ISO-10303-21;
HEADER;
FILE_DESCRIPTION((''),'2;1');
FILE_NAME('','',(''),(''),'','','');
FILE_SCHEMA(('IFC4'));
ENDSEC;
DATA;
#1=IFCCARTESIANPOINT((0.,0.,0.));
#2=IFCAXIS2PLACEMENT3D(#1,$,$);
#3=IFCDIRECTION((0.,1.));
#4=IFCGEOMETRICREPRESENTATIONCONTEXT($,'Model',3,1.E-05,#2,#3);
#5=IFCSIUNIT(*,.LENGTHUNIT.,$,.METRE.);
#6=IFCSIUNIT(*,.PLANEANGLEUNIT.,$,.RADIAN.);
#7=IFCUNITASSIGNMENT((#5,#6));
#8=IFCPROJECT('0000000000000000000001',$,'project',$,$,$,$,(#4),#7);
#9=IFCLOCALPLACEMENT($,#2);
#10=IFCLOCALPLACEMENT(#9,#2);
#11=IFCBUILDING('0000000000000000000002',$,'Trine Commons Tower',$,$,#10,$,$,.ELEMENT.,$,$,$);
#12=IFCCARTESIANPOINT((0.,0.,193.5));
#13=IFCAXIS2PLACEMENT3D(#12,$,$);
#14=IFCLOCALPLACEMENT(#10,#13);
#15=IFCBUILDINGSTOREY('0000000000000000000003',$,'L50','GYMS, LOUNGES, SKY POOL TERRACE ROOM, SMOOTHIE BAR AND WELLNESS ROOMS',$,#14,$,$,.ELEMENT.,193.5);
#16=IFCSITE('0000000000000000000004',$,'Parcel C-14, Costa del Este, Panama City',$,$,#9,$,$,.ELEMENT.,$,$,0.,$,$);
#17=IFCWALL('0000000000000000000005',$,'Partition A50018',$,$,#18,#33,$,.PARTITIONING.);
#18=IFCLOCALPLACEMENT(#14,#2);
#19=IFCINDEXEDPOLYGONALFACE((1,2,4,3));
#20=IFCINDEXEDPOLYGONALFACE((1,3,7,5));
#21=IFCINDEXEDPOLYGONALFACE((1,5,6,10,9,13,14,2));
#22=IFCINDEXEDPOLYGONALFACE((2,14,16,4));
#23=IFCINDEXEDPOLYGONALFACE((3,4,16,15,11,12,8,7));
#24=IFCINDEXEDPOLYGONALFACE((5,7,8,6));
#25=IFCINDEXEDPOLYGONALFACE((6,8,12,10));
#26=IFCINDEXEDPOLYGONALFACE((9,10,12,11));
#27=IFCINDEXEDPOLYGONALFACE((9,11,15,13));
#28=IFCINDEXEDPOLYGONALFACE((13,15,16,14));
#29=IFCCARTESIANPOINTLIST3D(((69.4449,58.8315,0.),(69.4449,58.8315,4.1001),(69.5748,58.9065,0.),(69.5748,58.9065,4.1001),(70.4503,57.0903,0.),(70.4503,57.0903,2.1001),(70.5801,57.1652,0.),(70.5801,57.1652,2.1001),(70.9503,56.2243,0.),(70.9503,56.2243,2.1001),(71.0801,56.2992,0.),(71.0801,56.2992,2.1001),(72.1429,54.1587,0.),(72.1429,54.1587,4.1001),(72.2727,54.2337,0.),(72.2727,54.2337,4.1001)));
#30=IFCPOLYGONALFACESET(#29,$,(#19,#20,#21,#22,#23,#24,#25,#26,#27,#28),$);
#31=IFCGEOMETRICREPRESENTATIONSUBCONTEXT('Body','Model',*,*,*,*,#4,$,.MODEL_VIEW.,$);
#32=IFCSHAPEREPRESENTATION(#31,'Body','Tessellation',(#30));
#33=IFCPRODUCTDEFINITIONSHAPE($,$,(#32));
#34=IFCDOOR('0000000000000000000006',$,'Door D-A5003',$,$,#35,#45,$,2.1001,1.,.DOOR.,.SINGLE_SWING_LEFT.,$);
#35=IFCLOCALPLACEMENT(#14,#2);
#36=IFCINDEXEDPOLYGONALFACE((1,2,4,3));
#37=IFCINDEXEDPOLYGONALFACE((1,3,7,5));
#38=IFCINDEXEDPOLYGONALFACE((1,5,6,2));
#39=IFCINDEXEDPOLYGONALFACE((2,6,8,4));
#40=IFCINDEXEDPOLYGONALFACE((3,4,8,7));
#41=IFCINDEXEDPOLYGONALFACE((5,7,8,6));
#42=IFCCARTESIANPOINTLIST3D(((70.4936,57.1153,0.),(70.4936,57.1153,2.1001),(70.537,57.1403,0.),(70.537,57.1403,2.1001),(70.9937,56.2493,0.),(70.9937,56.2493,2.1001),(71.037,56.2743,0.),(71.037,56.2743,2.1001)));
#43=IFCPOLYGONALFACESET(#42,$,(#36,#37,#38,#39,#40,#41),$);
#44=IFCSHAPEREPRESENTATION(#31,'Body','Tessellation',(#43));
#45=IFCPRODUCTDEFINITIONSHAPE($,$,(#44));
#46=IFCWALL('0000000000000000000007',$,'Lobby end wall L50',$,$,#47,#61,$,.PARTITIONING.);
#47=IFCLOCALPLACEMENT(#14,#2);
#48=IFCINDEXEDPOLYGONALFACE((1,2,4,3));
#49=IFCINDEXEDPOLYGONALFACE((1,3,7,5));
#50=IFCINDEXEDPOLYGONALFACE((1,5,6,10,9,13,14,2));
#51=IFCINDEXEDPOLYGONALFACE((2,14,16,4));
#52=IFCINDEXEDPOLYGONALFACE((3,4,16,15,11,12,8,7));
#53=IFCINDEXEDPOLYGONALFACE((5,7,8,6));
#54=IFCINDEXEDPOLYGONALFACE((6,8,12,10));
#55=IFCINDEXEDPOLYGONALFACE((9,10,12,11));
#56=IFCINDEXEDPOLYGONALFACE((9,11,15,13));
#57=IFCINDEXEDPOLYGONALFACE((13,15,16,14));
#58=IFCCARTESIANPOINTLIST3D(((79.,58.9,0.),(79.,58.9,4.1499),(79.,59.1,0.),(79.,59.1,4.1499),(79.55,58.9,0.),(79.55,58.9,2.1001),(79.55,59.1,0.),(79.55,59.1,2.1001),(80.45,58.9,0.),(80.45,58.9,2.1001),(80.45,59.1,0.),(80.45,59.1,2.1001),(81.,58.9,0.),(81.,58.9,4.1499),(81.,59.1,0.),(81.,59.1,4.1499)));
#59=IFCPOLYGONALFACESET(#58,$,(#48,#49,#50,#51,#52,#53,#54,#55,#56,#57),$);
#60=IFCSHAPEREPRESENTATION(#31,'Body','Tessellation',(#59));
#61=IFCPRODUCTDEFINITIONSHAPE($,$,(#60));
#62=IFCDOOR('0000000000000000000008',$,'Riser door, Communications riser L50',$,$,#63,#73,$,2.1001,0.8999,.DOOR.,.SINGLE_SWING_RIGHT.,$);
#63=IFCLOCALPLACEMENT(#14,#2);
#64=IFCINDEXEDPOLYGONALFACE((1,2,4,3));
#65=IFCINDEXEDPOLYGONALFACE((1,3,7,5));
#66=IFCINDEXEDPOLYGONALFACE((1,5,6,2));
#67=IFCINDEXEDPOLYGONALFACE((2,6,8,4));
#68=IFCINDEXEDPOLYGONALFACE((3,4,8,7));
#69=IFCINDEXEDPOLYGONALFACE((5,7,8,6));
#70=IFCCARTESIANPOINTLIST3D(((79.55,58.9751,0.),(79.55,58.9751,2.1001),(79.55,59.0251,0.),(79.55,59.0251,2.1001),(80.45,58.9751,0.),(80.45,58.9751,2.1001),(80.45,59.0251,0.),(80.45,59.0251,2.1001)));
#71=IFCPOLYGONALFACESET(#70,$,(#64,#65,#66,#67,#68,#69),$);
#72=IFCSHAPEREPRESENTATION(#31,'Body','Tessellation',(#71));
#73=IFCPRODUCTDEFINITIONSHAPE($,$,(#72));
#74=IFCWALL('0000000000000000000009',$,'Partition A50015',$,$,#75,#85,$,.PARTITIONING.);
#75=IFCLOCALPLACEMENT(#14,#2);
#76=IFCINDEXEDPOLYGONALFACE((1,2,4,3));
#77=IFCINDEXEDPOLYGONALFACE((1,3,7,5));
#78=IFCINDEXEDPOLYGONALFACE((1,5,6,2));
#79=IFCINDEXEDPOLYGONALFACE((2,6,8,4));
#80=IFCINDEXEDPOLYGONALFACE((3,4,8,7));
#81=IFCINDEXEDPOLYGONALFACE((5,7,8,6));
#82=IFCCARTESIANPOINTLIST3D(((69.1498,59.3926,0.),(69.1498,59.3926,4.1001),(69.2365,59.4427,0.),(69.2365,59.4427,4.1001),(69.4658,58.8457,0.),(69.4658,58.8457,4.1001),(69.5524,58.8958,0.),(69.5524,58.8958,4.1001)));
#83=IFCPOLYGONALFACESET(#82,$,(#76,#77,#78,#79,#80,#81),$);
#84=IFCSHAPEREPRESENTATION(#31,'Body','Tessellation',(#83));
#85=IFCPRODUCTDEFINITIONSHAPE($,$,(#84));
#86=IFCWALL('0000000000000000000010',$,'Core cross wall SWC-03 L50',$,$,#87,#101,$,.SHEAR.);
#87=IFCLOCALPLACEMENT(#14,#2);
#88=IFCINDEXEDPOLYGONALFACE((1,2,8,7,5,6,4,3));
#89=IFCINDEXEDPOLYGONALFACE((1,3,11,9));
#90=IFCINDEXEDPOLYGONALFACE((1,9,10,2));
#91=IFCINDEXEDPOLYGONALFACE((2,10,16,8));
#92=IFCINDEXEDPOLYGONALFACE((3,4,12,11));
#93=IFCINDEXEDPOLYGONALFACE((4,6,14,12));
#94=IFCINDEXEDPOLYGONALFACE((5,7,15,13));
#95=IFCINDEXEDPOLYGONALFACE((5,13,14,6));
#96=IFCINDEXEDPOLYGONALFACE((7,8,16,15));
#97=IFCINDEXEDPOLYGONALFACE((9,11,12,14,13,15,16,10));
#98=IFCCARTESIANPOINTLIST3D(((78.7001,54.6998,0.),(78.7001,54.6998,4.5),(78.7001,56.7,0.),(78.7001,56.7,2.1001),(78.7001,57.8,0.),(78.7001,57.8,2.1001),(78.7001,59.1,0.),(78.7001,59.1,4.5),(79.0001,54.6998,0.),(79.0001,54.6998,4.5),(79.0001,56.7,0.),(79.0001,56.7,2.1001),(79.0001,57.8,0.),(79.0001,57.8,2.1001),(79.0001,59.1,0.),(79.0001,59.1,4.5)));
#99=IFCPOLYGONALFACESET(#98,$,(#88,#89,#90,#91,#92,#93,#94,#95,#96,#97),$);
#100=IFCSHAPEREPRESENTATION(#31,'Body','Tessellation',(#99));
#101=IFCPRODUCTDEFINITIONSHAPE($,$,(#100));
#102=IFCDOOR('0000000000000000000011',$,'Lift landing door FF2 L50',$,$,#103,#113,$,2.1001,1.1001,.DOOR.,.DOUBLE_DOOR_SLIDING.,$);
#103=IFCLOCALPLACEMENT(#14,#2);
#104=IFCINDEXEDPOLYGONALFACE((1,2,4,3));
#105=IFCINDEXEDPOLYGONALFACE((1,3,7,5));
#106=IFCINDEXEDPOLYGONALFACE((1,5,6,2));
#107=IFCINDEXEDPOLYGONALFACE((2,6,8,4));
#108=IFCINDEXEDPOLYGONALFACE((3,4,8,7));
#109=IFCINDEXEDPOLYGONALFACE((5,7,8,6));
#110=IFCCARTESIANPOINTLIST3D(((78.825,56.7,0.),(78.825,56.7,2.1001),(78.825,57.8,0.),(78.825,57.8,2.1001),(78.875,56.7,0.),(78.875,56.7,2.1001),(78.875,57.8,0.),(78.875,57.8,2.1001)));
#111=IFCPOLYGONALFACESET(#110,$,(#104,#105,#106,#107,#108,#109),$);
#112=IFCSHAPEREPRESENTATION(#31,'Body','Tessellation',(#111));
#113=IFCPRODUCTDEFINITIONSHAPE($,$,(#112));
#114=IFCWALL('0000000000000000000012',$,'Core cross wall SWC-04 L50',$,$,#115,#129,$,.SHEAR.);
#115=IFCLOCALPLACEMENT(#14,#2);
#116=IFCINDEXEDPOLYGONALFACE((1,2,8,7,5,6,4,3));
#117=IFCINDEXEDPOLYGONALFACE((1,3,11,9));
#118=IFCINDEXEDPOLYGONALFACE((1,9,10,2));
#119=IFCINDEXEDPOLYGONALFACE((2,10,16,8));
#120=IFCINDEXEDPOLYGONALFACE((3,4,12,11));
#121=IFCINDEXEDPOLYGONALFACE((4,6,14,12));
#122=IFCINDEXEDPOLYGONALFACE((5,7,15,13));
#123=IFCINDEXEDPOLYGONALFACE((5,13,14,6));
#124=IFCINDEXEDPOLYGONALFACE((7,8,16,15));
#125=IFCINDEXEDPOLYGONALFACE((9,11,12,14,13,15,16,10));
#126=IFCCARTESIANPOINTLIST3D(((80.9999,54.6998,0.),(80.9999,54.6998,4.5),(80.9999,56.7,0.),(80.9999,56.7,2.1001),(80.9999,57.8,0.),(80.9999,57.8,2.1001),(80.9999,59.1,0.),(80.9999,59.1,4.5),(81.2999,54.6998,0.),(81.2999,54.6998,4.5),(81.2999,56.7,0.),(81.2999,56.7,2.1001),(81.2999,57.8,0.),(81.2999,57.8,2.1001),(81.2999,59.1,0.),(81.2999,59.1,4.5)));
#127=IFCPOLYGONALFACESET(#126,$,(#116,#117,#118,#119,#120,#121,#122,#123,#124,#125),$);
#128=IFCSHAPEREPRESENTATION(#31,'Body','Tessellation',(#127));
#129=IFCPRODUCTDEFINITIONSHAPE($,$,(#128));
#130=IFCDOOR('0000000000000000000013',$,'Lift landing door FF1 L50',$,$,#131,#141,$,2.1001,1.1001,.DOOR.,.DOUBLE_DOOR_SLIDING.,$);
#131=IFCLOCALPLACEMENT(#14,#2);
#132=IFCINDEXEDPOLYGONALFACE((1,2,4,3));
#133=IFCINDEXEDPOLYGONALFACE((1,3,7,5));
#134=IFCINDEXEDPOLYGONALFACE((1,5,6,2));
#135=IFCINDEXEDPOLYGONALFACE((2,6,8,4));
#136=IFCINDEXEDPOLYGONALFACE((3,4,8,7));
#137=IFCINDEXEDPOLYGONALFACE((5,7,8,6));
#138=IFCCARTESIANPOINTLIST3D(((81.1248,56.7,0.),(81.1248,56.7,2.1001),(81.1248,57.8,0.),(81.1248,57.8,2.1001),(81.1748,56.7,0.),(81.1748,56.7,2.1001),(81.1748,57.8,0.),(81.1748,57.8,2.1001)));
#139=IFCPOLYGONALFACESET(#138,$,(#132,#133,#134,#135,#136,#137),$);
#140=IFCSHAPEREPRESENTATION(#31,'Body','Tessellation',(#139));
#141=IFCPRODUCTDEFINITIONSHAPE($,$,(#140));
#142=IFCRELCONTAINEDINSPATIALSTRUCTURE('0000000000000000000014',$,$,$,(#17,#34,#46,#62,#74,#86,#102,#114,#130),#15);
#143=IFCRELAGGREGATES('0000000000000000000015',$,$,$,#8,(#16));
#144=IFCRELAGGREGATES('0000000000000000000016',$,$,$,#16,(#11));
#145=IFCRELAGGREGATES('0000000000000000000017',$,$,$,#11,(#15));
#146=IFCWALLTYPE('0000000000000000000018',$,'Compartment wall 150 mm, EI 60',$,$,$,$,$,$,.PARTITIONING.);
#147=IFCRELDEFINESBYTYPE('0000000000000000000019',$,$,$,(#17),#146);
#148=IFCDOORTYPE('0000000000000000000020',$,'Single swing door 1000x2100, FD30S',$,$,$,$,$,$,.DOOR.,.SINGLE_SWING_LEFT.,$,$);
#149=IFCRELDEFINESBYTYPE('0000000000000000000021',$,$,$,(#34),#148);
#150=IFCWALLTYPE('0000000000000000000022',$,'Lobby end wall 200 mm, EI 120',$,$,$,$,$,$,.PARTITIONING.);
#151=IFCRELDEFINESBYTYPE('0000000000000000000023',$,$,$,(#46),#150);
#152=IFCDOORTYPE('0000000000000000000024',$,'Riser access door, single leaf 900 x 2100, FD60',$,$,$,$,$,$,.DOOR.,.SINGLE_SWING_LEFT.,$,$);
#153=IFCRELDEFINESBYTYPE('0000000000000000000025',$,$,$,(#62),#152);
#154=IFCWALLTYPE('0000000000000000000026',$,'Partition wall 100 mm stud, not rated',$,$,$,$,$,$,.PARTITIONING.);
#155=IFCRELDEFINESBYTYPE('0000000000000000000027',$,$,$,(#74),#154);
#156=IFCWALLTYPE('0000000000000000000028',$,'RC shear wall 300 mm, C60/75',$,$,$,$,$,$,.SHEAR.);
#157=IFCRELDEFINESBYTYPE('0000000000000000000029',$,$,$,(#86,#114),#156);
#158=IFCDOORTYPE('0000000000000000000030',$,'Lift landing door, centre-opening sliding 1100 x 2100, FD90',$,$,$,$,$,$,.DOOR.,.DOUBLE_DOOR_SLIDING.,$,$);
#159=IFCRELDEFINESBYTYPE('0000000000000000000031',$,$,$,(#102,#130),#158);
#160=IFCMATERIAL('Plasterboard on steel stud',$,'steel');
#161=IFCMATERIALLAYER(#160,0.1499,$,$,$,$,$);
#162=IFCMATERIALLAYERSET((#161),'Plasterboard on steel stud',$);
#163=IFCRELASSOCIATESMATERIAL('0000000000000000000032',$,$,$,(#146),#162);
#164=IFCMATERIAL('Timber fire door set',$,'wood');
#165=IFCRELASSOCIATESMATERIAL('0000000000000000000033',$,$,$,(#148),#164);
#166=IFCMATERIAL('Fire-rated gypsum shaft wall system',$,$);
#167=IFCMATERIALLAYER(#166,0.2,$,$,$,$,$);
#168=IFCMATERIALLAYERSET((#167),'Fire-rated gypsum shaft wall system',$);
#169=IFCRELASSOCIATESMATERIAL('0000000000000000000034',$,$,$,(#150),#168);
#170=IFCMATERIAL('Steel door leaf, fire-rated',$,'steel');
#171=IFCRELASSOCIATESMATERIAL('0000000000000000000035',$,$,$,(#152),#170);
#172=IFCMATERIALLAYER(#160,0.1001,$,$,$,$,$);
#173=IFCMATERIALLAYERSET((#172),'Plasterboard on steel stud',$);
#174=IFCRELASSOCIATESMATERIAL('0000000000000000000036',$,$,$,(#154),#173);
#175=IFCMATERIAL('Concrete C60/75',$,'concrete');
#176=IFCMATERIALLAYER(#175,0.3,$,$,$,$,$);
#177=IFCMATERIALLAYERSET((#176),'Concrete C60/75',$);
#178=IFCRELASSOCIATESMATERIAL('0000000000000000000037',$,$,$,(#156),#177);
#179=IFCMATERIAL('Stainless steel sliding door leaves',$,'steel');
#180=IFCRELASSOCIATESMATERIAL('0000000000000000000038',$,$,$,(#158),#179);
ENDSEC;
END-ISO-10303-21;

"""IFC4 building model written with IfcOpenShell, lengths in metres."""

from ifc_helpers import new_model, si_unit, direction, frame, frame_2d, origin, place, context, subcontext, project, spatial, rectangle, extrude, material, layer, layer_set, type_object, element, fill, save


model = new_model("IFC4")

# Units and contexts
model_context = context("Model", 3, precision=1e-05, world=origin(), true_north=direction((0.0, 1.0)))
body_context = subcontext(model_context, "Body", "Model", "MODEL_VIEW")
ifc_project = project(units=[si_unit("LENGTHUNIT", "METRE"), si_unit("PLANEANGLEUNIT", "RADIAN")], contexts=[model_context])

# Site, building, storey
site_placement = place(None, origin())
site = spatial("IfcSite", under=ifc_project, at=site_placement, Name="Parcel C-14, Costa del Este, Panama City", CompositionType="ELEMENT", RefElevation=0.0)
building_placement = place(site_placement, origin())
building = spatial("IfcBuilding", under=site, at=building_placement, Name="Trine Commons Tower", CompositionType="ELEMENT")
storey_placement = place(building_placement, frame((0.0, 0.0, 193.5)))
storey = spatial("IfcBuildingStorey", under=building, at=storey_placement, Name="L50", Description="GYMS, LOUNGES, SKY POOL TERRACE ROOM, SMOOTHIE BAR AND WELLNESS ROOMS", CompositionType="ELEMENT", Elevation=193.5)

# Walls, openings, doors
ifc_material_1 = material(Name="Plasterboard on steel stud", Category="steel")
ifc_layer_1 = layer(ifc_material_1, 0.1499)
ifc_layer_set_1 = layer_set([ifc_layer_1], Name="Plasterboard on steel stud")
wall_type_1 = type_object("IfcWallType", Name="Compartment wall 150 mm, EI 60", PredefinedType="PARTITIONING", material=ifc_layer_set_1)
wall_1_placement = place(storey_placement, frame((72.2078, 54.1963, 0.0), z_axis=(0.0, 0.0, 1.0), x_axis=(-0.500018, 0.866015, 0.0)))
wall_1 = element("IfcWall", 1, at=wall_1_placement, inside=storey, type_object=wall_type_1, Name="Partition A50018", PredefinedType="PARTITIONING", context=body_context, shape_type="SweptSolid", body=[
    extrude(rectangle(XDim=5.3958, YDim=0.1499, at=frame_2d((2.6978, 0.0))), origin(), (0.0, 0.0, 1.0), 4.1001),
])
opening_1_placement = place(wall_1_placement, frame((2.385, 0.0, 0.0)))
opening_1 = element("IfcOpeningElement", 2, at=opening_1_placement, cuts=wall_1, PredefinedType="OPENING", context=body_context, shape_type="SweptSolid", body=[
    extrude(rectangle(XDim=1.0, YDim=2.1001, at=frame_2d((0.5, 1.05))), frame((0.0, 0.085, 0.0), z_axis=(0.0, -1.0, 0.0), x_axis=(1.0, 0.0, 0.0)), (0.0, 0.0, 1.0), 0.1699),
])
ifc_material_2 = material(Name="Timber fire door set", Category="wood")
door_type_1 = type_object("IfcDoorType", Name="Single swing door 1000x2100, FD30S", OperationType="SINGLE_SWING_LEFT", PredefinedType="DOOR", material=ifc_material_2)
door_1_placement = place(opening_1_placement, origin())
door_1 = element("IfcDoor", 3, at=door_1_placement, inside=storey, type_object=door_type_1, Name="Door D-A5003", OperationType="SINGLE_SWING_LEFT", OverallHeight=2.1001, OverallWidth=1.0, PredefinedType="DOOR", context=body_context, shape_type="SweptSolid", body=[
    extrude(rectangle(XDim=1.0, YDim=2.1001, at=frame_2d((0.5, 1.05))), frame((0.0, 0.0249, 0.0), z_axis=(0.0, -1.0, 0.0), x_axis=(1.0, 0.0, 0.0)), (0.0, 0.0, 1.0), 0.05),
])
fill(opening_1, door_1)
ifc_material_3 = material(Name="Fire-rated gypsum shaft wall system")
ifc_layer_2 = layer(ifc_material_3, 0.2)
ifc_layer_set_2 = layer_set([ifc_layer_2], Name="Fire-rated gypsum shaft wall system")
wall_type_2 = type_object("IfcWallType", Name="Lobby end wall 200 mm, EI 120", PredefinedType="PARTITIONING", material=ifc_layer_set_2)
wall_2_placement = place(storey_placement, frame((79.0, 59.0, 0.0), z_axis=(0.0, 0.0, 1.0), x_axis=(1.0, 0.0, 0.0)))
wall_2 = element("IfcWall", 4, at=wall_2_placement, inside=storey, type_object=wall_type_2, Name="Lobby end wall L50", PredefinedType="PARTITIONING", context=body_context, shape_type="SweptSolid", body=[
    extrude(rectangle(XDim=2.0, YDim=0.2, at=frame_2d((1.0, 0.0))), origin(), (0.0, 0.0, 1.0), 4.1499),
])
opening_2_placement = place(wall_2_placement, frame((0.55, 0.0, 0.0)))
opening_2 = element("IfcOpeningElement", 5, at=opening_2_placement, cuts=wall_2, PredefinedType="OPENING", context=body_context, shape_type="SweptSolid", body=[
    extrude(rectangle(XDim=0.8999, YDim=2.1001, at=frame_2d((0.45, 1.05))), frame((0.0, 0.1099, 0.0), z_axis=(0.0, -1.0, 0.0), x_axis=(1.0, 0.0, 0.0)), (0.0, 0.0, 1.0), 0.22),
])
ifc_material_4 = material(Name="Steel door leaf, fire-rated", Category="steel")
door_type_2 = type_object("IfcDoorType", Name="Riser access door, single leaf 900 x 2100, FD60", OperationType="SINGLE_SWING_LEFT", PredefinedType="DOOR", material=ifc_material_4)
door_2_placement = place(opening_2_placement, frame((0.8999, 0.0, 0.0), z_axis=(0.0, 0.0, 1.0), x_axis=(-1.0, 0.0, 0.0)))
door_2 = element("IfcDoor", 6, at=door_2_placement, inside=storey, type_object=door_type_2, Name="Riser door, Communications riser L50", OperationType="SINGLE_SWING_RIGHT", OverallHeight=2.1001, OverallWidth=0.8999, PredefinedType="DOOR", context=body_context, shape_type="SweptSolid", body=[
    extrude(rectangle(XDim=0.8999, YDim=2.1001, at=frame_2d((0.45, 1.05))), frame((0.0, 0.0249, 0.0), z_axis=(0.0, -1.0, 0.0), x_axis=(1.0, 0.0, 0.0)), (0.0, 0.0, 1.0), 0.05),
])
fill(opening_2, door_2)

# Wall
ifc_layer_3 = layer(ifc_material_1, 0.1001)
ifc_layer_set_3 = layer_set([ifc_layer_3], Name="Plasterboard on steel stud")
wall_type_3 = type_object("IfcWallType", Name="Partition wall 100 mm stud, not rated", PredefinedType="PARTITIONING", material=ifc_layer_set_3)
wall_3_placement = place(storey_placement, frame((69.1931, 59.4177, 0.0), z_axis=(0.0, 0.0, 1.0), x_axis=(0.500213, -0.865902, 0.0)))
element("IfcWall", 7, at=wall_3_placement, inside=storey, type_object=wall_type_3, Name="Partition A50015", PredefinedType="PARTITIONING", context=body_context, shape_type="SweptSolid", body=[
    extrude(rectangle(XDim=0.6316, YDim=0.1001, at=frame_2d((0.3159, 0.0))), origin(), (0.0, 0.0, 1.0), 4.1001),
])

# Walls, openings, doors
ifc_material_5 = material(Name="Concrete C60/75", Category="concrete")
ifc_layer_4 = layer(ifc_material_5, 0.3)
ifc_layer_set_4 = layer_set([ifc_layer_4], Name="Concrete C60/75")
wall_type_4 = type_object("IfcWallType", Name="RC shear wall 300 mm, C60/75", PredefinedType="SHEAR", material=ifc_layer_set_4)
wall_4_placement = place(storey_placement, frame((78.8501, 59.1001, 0.0), z_axis=(0.0, 0.0, 1.0), x_axis=(0.0, -1.0, 0.0)))
wall_4 = element("IfcWall", 8, at=wall_4_placement, inside=storey, type_object=wall_type_4, Name="Core cross wall SWC-03 L50", PredefinedType="SHEAR", context=body_context, shape_type="SweptSolid", body=[
    extrude(rectangle(XDim=4.4001, YDim=0.3, at=frame_2d((2.2002, 0.0))), origin(), (0.0, 0.0, 1.0), 4.5),
])
opening_3_placement = place(wall_4_placement, frame((1.3, 0.0, 0.0)))
opening_3 = element("IfcOpeningElement", 9, at=opening_3_placement, cuts=wall_4, PredefinedType="OPENING", context=body_context, shape_type="SweptSolid", body=[
    extrude(rectangle(XDim=1.1001, YDim=2.1001, at=frame_2d((0.55, 1.05))), frame((0.0, 0.1599, 0.0), z_axis=(0.0, -1.0, 0.0), x_axis=(1.0, 0.0, 0.0)), (0.0, 0.0, 1.0), 0.3201),
])
ifc_material_6 = material(Name="Stainless steel sliding door leaves", Category="steel")
door_type_3 = type_object("IfcDoorType", Name="Lift landing door, centre-opening sliding 1100 x 2100, FD90", OperationType="DOUBLE_DOOR_SLIDING", PredefinedType="DOOR", material=ifc_material_6)
door_3_placement = place(opening_3_placement, origin())
door_3 = element("IfcDoor", 10, at=door_3_placement, inside=storey, type_object=door_type_3, Name="Lift landing door FF2 L50", OperationType="DOUBLE_DOOR_SLIDING", OverallHeight=2.1001, OverallWidth=1.1001, PredefinedType="DOOR", context=body_context, shape_type="SweptSolid", body=[
    extrude(rectangle(XDim=1.1001, YDim=2.1001, at=frame_2d((0.55, 1.05))), frame((0.0, 0.0249, 0.0), z_axis=(0.0, -1.0, 0.0), x_axis=(1.0, 0.0, 0.0)), (0.0, 0.0, 1.0), 0.05),
])
fill(opening_3, door_3)
wall_5_placement = place(storey_placement, frame((81.1499, 59.1001, 0.0), z_axis=(0.0, 0.0, 1.0), x_axis=(0.0, -1.0, 0.0)))
wall_5 = element("IfcWall", 11, at=wall_5_placement, inside=storey, type_object=wall_type_4, Name="Core cross wall SWC-04 L50", PredefinedType="SHEAR", context=body_context, shape_type="SweptSolid", body=[
    extrude(rectangle(XDim=4.4001, YDim=0.3, at=frame_2d((2.2002, 0.0))), origin(), (0.0, 0.0, 1.0), 4.5),
])
opening_4_placement = place(wall_5_placement, frame((1.3, 0.0, 0.0)))
opening_4 = element("IfcOpeningElement", 12, at=opening_4_placement, cuts=wall_5, PredefinedType="OPENING", context=body_context, shape_type="SweptSolid", body=[
    extrude(rectangle(XDim=1.1001, YDim=2.1001, at=frame_2d((0.55, 1.05))), frame((0.0, 0.1599, 0.0), z_axis=(0.0, -1.0, 0.0), x_axis=(1.0, 0.0, 0.0)), (0.0, 0.0, 1.0), 0.3201),
])
door_4_placement = place(opening_4_placement, origin())
door_4 = element("IfcDoor", 13, at=door_4_placement, inside=storey, type_object=door_type_3, Name="Lift landing door FF1 L50", OperationType="DOUBLE_DOOR_SLIDING", OverallHeight=2.1001, OverallWidth=1.1001, PredefinedType="DOOR", context=body_context, shape_type="SweptSolid", body=[
    extrude(rectangle(XDim=1.1001, YDim=2.1001, at=frame_2d((0.55, 1.05))), frame((0.0, 0.0249, 0.0), z_axis=(0.0, -1.0, 0.0), x_axis=(1.0, 0.0, 0.0)), (0.0, 0.0, 1.0), 0.05),
])
fill(opening_4, door_4)

save(model, "model.ifc")
